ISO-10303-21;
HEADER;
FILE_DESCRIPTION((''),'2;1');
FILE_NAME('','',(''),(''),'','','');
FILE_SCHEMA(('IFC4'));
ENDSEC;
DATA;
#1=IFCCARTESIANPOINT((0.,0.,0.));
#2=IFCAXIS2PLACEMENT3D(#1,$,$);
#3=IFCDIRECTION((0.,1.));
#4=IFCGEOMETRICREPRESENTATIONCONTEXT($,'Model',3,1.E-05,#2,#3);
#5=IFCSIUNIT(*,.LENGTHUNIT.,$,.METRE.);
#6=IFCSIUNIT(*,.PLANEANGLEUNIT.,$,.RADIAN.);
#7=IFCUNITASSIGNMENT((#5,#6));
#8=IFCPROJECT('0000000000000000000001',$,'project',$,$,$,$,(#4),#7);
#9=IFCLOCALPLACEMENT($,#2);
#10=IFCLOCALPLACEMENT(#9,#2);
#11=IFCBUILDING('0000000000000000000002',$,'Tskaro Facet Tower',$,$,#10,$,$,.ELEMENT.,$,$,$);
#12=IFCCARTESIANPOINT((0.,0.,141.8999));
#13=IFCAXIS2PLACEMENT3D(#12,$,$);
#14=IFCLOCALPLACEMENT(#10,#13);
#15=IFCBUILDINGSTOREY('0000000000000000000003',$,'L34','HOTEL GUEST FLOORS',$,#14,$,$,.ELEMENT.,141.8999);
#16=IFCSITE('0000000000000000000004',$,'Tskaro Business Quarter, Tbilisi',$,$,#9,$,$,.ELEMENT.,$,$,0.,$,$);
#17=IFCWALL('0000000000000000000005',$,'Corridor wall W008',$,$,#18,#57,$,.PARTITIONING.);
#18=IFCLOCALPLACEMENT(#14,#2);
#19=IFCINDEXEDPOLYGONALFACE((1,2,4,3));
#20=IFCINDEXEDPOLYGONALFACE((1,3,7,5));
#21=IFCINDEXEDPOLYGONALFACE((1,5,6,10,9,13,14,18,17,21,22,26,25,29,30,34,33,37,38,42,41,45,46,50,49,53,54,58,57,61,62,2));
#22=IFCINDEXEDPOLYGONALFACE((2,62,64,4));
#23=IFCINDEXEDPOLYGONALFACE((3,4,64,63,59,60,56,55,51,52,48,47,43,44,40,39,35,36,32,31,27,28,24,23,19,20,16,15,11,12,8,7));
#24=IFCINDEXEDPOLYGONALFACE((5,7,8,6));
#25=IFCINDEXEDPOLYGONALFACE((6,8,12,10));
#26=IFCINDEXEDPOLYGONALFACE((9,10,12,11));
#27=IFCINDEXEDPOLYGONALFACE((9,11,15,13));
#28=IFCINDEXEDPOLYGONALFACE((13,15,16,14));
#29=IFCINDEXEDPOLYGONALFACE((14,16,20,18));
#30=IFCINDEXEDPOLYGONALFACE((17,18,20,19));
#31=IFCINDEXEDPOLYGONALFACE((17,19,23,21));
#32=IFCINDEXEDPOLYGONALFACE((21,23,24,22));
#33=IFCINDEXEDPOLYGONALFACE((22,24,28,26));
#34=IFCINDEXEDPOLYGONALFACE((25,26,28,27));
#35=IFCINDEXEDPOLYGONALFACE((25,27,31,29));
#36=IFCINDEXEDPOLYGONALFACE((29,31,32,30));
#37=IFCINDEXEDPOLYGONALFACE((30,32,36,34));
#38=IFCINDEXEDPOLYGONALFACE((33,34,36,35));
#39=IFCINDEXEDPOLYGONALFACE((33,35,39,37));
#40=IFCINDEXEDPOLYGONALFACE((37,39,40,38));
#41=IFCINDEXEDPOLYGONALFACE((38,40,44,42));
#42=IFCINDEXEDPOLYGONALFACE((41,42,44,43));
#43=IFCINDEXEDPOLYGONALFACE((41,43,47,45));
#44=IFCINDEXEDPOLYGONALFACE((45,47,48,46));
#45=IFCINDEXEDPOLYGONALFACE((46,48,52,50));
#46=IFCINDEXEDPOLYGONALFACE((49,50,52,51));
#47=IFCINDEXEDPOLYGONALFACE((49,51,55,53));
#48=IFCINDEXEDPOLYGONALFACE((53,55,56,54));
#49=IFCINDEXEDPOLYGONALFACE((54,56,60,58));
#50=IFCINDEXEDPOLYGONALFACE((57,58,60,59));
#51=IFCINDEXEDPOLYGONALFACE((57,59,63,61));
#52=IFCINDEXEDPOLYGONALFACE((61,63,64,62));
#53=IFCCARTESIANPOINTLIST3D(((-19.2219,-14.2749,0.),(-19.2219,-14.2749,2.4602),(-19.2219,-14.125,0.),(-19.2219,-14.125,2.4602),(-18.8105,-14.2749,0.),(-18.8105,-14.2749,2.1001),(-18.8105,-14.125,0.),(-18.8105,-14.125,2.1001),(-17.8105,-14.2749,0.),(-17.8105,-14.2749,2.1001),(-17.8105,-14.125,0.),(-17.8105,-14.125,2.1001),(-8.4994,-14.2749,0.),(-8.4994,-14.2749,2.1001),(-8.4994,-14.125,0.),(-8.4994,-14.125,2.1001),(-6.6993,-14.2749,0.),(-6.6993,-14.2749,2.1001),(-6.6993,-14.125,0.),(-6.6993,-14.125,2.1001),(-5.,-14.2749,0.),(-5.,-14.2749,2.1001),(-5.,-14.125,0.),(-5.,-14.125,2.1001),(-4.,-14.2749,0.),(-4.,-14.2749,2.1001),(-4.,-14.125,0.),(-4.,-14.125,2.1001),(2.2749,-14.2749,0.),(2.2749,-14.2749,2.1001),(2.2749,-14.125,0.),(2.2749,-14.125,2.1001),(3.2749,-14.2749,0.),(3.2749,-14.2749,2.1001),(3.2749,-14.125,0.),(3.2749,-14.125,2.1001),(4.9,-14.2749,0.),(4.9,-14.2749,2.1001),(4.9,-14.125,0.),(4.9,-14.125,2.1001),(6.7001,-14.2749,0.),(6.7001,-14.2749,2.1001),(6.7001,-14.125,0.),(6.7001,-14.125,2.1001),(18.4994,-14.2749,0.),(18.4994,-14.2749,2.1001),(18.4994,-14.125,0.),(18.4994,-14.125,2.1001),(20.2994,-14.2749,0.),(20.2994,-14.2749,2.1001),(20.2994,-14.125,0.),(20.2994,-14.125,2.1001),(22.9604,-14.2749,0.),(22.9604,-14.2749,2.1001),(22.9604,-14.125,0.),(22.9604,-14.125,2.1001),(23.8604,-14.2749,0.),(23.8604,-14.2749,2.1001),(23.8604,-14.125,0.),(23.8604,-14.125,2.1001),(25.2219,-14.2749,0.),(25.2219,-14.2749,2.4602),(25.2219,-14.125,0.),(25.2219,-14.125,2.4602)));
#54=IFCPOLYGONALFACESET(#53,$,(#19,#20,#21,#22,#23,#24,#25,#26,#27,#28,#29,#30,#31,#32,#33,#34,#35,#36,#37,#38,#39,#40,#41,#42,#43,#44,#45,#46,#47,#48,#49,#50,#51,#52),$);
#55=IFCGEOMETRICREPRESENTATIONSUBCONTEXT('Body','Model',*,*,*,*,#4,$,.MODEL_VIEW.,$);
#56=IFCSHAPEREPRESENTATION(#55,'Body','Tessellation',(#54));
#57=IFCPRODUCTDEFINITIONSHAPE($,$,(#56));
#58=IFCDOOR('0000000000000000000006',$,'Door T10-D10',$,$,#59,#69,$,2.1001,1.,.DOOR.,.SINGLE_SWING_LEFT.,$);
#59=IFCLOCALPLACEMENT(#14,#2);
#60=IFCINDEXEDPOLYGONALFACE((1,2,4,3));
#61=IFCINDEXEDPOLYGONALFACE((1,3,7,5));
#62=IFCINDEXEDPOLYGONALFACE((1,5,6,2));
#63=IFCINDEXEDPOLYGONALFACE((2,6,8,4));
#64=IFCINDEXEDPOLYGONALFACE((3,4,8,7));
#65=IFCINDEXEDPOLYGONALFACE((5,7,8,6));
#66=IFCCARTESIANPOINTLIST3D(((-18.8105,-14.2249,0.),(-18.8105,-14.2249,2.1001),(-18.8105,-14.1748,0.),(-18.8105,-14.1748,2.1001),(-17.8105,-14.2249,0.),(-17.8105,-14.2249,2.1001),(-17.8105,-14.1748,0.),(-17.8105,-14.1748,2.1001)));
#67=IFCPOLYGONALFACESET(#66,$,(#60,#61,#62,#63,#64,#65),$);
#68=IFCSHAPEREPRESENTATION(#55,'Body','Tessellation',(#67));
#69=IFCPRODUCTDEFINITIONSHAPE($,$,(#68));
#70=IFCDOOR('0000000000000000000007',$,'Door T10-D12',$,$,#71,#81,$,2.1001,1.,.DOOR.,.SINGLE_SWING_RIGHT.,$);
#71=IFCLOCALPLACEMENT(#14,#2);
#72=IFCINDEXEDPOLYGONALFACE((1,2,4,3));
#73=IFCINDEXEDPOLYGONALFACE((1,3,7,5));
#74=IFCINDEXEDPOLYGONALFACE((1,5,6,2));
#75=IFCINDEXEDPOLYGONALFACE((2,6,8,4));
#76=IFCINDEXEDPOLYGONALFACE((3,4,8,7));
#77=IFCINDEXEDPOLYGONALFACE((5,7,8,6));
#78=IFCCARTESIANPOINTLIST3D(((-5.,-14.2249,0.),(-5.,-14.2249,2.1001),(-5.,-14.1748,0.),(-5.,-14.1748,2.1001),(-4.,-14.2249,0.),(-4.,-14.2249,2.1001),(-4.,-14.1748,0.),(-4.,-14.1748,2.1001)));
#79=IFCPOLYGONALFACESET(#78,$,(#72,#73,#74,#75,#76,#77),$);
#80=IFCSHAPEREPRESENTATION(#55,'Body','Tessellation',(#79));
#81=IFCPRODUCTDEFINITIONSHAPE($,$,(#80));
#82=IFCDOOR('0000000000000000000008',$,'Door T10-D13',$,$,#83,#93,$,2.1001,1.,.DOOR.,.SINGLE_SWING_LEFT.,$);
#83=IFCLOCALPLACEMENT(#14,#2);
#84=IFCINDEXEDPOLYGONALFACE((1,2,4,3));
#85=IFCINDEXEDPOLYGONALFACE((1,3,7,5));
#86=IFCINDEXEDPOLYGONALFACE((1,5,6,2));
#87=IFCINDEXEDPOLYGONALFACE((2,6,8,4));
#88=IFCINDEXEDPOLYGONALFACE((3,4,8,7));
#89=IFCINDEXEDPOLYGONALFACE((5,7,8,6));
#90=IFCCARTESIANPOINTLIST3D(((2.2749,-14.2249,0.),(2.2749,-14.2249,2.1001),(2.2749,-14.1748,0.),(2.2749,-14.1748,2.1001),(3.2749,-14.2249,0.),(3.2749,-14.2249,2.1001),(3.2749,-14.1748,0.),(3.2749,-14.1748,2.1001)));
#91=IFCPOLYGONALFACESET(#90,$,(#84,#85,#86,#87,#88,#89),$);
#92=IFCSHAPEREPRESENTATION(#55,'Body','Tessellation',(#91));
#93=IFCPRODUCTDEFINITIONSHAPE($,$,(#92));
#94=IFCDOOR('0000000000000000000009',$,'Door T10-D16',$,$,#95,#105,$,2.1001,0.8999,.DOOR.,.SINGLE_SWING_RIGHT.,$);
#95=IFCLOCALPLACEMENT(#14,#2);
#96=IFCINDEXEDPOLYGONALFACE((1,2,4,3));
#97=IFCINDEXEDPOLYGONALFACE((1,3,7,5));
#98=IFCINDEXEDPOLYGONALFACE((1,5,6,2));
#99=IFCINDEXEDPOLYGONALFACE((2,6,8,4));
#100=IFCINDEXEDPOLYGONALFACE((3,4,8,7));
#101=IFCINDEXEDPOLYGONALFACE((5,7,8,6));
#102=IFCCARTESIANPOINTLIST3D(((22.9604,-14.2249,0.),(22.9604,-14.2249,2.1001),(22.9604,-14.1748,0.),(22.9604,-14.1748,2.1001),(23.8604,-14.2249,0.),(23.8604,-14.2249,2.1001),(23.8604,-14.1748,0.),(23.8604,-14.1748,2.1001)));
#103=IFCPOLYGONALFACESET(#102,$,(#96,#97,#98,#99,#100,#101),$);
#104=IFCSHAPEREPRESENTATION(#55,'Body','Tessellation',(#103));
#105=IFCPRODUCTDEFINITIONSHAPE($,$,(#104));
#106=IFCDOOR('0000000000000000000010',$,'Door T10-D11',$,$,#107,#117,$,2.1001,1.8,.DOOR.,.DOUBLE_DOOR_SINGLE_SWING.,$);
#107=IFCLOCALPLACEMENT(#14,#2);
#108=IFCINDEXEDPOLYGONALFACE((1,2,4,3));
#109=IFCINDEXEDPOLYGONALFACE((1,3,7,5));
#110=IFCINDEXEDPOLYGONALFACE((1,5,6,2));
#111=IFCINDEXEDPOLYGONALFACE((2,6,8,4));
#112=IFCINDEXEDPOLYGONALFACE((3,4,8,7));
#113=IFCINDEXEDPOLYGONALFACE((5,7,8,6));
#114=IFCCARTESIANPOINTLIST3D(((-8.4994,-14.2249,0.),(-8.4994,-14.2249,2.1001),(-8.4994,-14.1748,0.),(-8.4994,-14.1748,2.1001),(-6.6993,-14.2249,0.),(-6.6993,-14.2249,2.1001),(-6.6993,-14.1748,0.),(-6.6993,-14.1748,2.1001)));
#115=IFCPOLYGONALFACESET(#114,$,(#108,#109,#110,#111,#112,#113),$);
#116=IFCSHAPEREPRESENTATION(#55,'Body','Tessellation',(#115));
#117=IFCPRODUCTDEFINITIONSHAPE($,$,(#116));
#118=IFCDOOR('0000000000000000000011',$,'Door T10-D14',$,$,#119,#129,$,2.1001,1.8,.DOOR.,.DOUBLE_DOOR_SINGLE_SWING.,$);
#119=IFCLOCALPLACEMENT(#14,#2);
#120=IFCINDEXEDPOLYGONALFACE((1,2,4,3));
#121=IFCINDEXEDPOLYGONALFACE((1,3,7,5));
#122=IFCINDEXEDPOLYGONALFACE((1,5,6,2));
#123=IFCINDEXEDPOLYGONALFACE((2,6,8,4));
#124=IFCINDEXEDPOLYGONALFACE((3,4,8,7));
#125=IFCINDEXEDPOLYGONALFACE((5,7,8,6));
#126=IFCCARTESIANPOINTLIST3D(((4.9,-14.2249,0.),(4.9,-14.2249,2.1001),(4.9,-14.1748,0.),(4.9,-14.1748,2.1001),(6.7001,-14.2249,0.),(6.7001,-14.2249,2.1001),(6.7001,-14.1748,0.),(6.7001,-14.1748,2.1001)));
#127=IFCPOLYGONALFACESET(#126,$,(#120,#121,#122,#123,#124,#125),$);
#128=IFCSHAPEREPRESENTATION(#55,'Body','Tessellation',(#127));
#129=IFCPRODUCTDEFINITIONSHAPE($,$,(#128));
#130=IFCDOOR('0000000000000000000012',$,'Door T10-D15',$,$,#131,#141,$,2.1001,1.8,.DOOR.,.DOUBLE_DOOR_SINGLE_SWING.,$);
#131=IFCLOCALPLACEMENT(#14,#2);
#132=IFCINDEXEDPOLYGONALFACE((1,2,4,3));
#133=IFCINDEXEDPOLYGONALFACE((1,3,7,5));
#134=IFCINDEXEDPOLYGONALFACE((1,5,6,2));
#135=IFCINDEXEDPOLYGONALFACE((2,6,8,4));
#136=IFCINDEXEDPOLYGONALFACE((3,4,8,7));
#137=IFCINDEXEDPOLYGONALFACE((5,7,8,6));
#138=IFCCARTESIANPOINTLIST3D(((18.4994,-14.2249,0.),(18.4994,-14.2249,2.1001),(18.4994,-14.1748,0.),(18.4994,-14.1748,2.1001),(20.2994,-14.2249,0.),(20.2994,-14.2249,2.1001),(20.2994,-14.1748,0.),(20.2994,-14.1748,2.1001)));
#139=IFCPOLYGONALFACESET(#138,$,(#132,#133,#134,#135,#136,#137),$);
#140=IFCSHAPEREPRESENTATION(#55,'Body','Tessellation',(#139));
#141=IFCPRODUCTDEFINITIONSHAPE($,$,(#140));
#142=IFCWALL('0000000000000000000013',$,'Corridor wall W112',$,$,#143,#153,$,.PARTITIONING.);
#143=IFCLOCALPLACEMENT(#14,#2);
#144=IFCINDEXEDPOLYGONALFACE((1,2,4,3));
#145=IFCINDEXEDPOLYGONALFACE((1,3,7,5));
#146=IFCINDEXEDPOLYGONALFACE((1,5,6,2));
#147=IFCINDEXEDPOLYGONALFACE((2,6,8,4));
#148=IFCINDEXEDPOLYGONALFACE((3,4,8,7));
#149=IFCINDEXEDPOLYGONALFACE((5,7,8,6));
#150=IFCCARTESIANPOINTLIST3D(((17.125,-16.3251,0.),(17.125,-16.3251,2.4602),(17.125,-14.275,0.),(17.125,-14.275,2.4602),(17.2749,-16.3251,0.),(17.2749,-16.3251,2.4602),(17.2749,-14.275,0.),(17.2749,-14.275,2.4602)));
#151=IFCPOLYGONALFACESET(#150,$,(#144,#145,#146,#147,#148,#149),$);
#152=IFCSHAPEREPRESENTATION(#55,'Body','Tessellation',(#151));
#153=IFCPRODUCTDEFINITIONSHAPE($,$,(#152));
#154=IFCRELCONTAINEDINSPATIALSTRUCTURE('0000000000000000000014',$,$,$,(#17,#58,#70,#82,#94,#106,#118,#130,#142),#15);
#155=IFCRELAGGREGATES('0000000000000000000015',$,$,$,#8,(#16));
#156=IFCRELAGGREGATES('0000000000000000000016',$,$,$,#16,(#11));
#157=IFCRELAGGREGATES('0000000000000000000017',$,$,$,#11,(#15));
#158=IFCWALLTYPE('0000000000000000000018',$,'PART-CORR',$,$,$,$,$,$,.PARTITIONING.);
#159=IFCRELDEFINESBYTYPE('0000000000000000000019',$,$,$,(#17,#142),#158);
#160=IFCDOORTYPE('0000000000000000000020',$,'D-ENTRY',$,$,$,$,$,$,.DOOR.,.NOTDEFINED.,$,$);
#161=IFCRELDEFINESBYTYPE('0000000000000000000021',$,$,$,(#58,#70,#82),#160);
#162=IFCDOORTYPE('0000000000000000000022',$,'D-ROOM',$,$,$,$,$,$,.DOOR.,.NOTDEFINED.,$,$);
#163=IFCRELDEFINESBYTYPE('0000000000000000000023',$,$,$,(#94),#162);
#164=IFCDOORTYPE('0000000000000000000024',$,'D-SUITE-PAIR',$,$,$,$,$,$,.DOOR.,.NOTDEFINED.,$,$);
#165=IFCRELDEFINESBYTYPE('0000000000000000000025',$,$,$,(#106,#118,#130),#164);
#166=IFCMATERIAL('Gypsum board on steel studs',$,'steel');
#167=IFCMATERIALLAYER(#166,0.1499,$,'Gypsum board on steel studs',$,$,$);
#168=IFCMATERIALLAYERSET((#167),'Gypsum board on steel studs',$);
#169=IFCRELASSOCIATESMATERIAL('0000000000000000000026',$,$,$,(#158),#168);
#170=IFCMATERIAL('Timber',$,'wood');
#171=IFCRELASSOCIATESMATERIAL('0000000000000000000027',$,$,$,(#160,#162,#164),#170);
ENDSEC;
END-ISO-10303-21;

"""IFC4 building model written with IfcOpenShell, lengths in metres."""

from ifc_helpers import new_model, si_unit, direction, frame, frame_2d, origin, place, context, subcontext, project, spatial, rectangle, extrude, material, layer, layer_set, type_object, element, fill, save


model = new_model("IFC4")

# Units and contexts
model_context = context("Model", 3, precision=1e-05, world=origin(), true_north=direction((0.0, 1.0)))
body_context = subcontext(model_context, "Body", "Model", "MODEL_VIEW")
ifc_project = project(units=[si_unit("LENGTHUNIT", "METRE"), si_unit("PLANEANGLEUNIT", "RADIAN")], contexts=[model_context])

# Site, building, storey
site_placement = place(None, origin())
site = spatial("IfcSite", under=ifc_project, at=site_placement, Name="Tskaro Business Quarter, Tbilisi", CompositionType="ELEMENT", RefElevation=0.0)
building_placement = place(site_placement, origin())
building = spatial("IfcBuilding", under=site, at=building_placement, Name="Tskaro Facet Tower", CompositionType="ELEMENT")
storey_placement = place(building_placement, frame((0.0, 0.0, 141.8999)))
storey = spatial("IfcBuildingStorey", under=building, at=storey_placement, Name="L34", Description="HOTEL GUEST FLOORS", CompositionType="ELEMENT", Elevation=141.8999)

# Wall, openings, doors
ifc_material_1 = material(Name="Gypsum board on steel studs", Category="steel")
ifc_layer_1 = layer(ifc_material_1, 0.1499, Name="Gypsum board on steel studs")
ifc_layer_set_1 = layer_set([ifc_layer_1], Name="Gypsum board on steel studs")
wall_type_1 = type_object("IfcWallType", Name="PART-CORR", PredefinedType="PARTITIONING", material=ifc_layer_set_1)
wall_1_placement = place(storey_placement, frame((25.2219, -14.2, 0.0), z_axis=(0.0, 0.0, 1.0), x_axis=(-1.0, 0.0, 0.0)))
wall_1 = element("IfcWall", 1, at=wall_1_placement, inside=storey, type_object=wall_type_1, Name="Corridor wall W008", PredefinedType="PARTITIONING", context=body_context, shape_type="SweptSolid", body=[
    extrude(rectangle(XDim=44.4438, YDim=0.1499, at=frame_2d((22.2219, 0.0))), origin(), (0.0, 0.0, 1.0), 2.4602),
])
opening_1_placement = place(wall_1_placement, frame((43.0325, 0.0, 0.0)))
opening_1 = element("IfcOpeningElement", 2, at=opening_1_placement, cuts=wall_1, PredefinedType="OPENING", context=body_context, shape_type="SweptSolid", body=[
    extrude(rectangle(XDim=1.0, YDim=2.1001, at=frame_2d((0.5, 1.05))), frame((0.0, 0.085, 0.0), z_axis=(0.0, -1.0, 0.0), x_axis=(1.0, 0.0, 0.0)), (0.0, 0.0, 1.0), 0.1699),
])
opening_2_placement = place(wall_1_placement, frame((31.9214, 0.0, 0.0)))
opening_2 = element("IfcOpeningElement", 3, at=opening_2_placement, cuts=wall_1, PredefinedType="OPENING", context=body_context, shape_type="SweptSolid", body=[
    extrude(rectangle(XDim=1.8, YDim=2.1001, at=frame_2d((0.8999, 1.05))), frame((0.0, 0.085, 0.0), z_axis=(0.0, -1.0, 0.0), x_axis=(1.0, 0.0, 0.0)), (0.0, 0.0, 1.0), 0.1699),
])
opening_3_placement = place(wall_1_placement, frame((29.2219, 0.0, 0.0)))
opening_3 = element("IfcOpeningElement", 4, at=opening_3_placement, cuts=wall_1, PredefinedType="OPENING", context=body_context, shape_type="SweptSolid", body=[
    extrude(rectangle(XDim=1.0, YDim=2.1001, at=frame_2d((0.5, 1.05))), frame((0.0, 0.085, 0.0), z_axis=(0.0, -1.0, 0.0), x_axis=(1.0, 0.0, 0.0)), (0.0, 0.0, 1.0), 0.1699),
])
opening_4_placement = place(wall_1_placement, frame((21.947, 0.0, 0.0)))
opening_4 = element("IfcOpeningElement", 5, at=opening_4_placement, cuts=wall_1, PredefinedType="OPENING", context=body_context, shape_type="SweptSolid", body=[
    extrude(rectangle(XDim=1.0, YDim=2.1001, at=frame_2d((0.5, 1.05))), frame((0.0, 0.085, 0.0), z_axis=(0.0, -1.0, 0.0), x_axis=(1.0, 0.0, 0.0)), (0.0, 0.0, 1.0), 0.1699),
])
opening_5_placement = place(wall_1_placement, frame((18.522, 0.0, 0.0)))
opening_5 = element("IfcOpeningElement", 6, at=opening_5_placement, cuts=wall_1, PredefinedType="OPENING", context=body_context, shape_type="SweptSolid", body=[
    extrude(rectangle(XDim=1.8, YDim=2.1001, at=frame_2d((0.8999, 1.05))), frame((0.0, 0.085, 0.0), z_axis=(0.0, -1.0, 0.0), x_axis=(1.0, 0.0, 0.0)), (0.0, 0.0, 1.0), 0.1699),
])
opening_6_placement = place(wall_1_placement, frame((4.9226, 0.0, 0.0)))
opening_6 = element("IfcOpeningElement", 7, at=opening_6_placement, cuts=wall_1, PredefinedType="OPENING", context=body_context, shape_type="SweptSolid", body=[
    extrude(rectangle(XDim=1.8, YDim=2.1001, at=frame_2d((0.8999, 1.05))), frame((0.0, 0.085, 0.0), z_axis=(0.0, -1.0, 0.0), x_axis=(1.0, 0.0, 0.0)), (0.0, 0.0, 1.0), 0.1699),
])
opening_7_placement = place(wall_1_placement, frame((1.3616, 0.0, 0.0)))
opening_7 = element("IfcOpeningElement", 8, at=opening_7_placement, cuts=wall_1, PredefinedType="OPENING", context=body_context, shape_type="SweptSolid", body=[
    extrude(rectangle(XDim=0.8999, YDim=2.1001, at=frame_2d((0.45, 1.05))), frame((0.0, 0.085, 0.0), z_axis=(0.0, -1.0, 0.0), x_axis=(1.0, 0.0, 0.0)), (0.0, 0.0, 1.0), 0.1699),
])
ifc_material_2 = material(Name="Timber", Category="wood")
door_type_1 = type_object("IfcDoorType", Name="D-ENTRY", OperationType="NOTDEFINED", PredefinedType="DOOR", material=ifc_material_2)
door_1_placement = place(opening_1_placement, origin())
door_1 = element("IfcDoor", 9, at=door_1_placement, inside=storey, type_object=door_type_1, Name="Door T10-D10", OperationType="SINGLE_SWING_LEFT", OverallHeight=2.1001, OverallWidth=1.0, PredefinedType="DOOR", context=body_context, shape_type="SweptSolid", body=[
    extrude(rectangle(XDim=1.0, YDim=2.1001, at=frame_2d((0.5, 1.05))), frame((0.0, 0.0249, 0.0), z_axis=(0.0, -1.0, 0.0), x_axis=(1.0, 0.0, 0.0)), (0.0, 0.0, 1.0), 0.05),
])
fill(opening_1, door_1)
door_2_placement = place(opening_3_placement, origin())
door_2 = element("IfcDoor", 10, at=door_2_placement, inside=storey, type_object=door_type_1, Name="Door T10-D12", OperationType="SINGLE_SWING_RIGHT", OverallHeight=2.1001, OverallWidth=1.0, PredefinedType="DOOR", context=body_context, shape_type="SweptSolid", body=[
    extrude(rectangle(XDim=1.0, YDim=2.1001, at=frame_2d((0.5, 1.05))), frame((0.0, 0.0249, 0.0), z_axis=(0.0, -1.0, 0.0), x_axis=(1.0, 0.0, 0.0)), (0.0, 0.0, 1.0), 0.05),
])
fill(opening_3, door_2)
door_3_placement = place(opening_4_placement, origin())
door_3 = element("IfcDoor", 11, at=door_3_placement, inside=storey, type_object=door_type_1, Name="Door T10-D13", OperationType="SINGLE_SWING_LEFT", OverallHeight=2.1001, OverallWidth=1.0, PredefinedType="DOOR", context=body_context, shape_type="SweptSolid", body=[
    extrude(rectangle(XDim=1.0, YDim=2.1001, at=frame_2d((0.5, 1.05))), frame((0.0, 0.0249, 0.0), z_axis=(0.0, -1.0, 0.0), x_axis=(1.0, 0.0, 0.0)), (0.0, 0.0, 1.0), 0.05),
])
fill(opening_4, door_3)
door_type_2 = type_object("IfcDoorType", Name="D-ROOM", OperationType="NOTDEFINED", PredefinedType="DOOR", material=ifc_material_2)
door_4_placement = place(opening_7_placement, origin())
door_4 = element("IfcDoor", 12, at=door_4_placement, inside=storey, type_object=door_type_2, Name="Door T10-D16", OperationType="SINGLE_SWING_RIGHT", OverallHeight=2.1001, OverallWidth=0.8999, PredefinedType="DOOR", context=body_context, shape_type="SweptSolid", body=[
    extrude(rectangle(XDim=0.8999, YDim=2.1001, at=frame_2d((0.45, 1.05))), frame((0.0, 0.0249, 0.0), z_axis=(0.0, -1.0, 0.0), x_axis=(1.0, 0.0, 0.0)), (0.0, 0.0, 1.0), 0.05),
])
fill(opening_7, door_4)
door_type_3 = type_object("IfcDoorType", Name="D-SUITE-PAIR", OperationType="NOTDEFINED", PredefinedType="DOOR", material=ifc_material_2)
door_5_placement = place(opening_2_placement, origin())
door_5 = element("IfcDoor", 13, at=door_5_placement, inside=storey, type_object=door_type_3, Name="Door T10-D11", OperationType="DOUBLE_DOOR_SINGLE_SWING", OverallHeight=2.1001, OverallWidth=1.8, PredefinedType="DOOR", context=body_context, shape_type="SweptSolid", body=[
    extrude(rectangle(XDim=1.8, YDim=2.1001, at=frame_2d((0.8999, 1.05))), frame((0.0, 0.0249, 0.0), z_axis=(0.0, -1.0, 0.0), x_axis=(1.0, 0.0, 0.0)), (0.0, 0.0, 1.0), 0.05),
])
fill(opening_2, door_5)
door_6_placement = place(opening_5_placement, origin())
door_6 = element("IfcDoor", 14, at=door_6_placement, inside=storey, type_object=door_type_3, Name="Door T10-D14", OperationType="DOUBLE_DOOR_SINGLE_SWING", OverallHeight=2.1001, OverallWidth=1.8, PredefinedType="DOOR", context=body_context, shape_type="SweptSolid", body=[
    extrude(rectangle(XDim=1.8, YDim=2.1001, at=frame_2d((0.8999, 1.05))), frame((0.0, 0.0249, 0.0), z_axis=(0.0, -1.0, 0.0), x_axis=(1.0, 0.0, 0.0)), (0.0, 0.0, 1.0), 0.05),
])
fill(opening_5, door_6)
door_7_placement = place(opening_6_placement, origin())
door_7 = element("IfcDoor", 15, at=door_7_placement, inside=storey, type_object=door_type_3, Name="Door T10-D15", OperationType="DOUBLE_DOOR_SINGLE_SWING", OverallHeight=2.1001, OverallWidth=1.8, PredefinedType="DOOR", context=body_context, shape_type="SweptSolid", body=[
    extrude(rectangle(XDim=1.8, YDim=2.1001, at=frame_2d((0.8999, 1.05))), frame((0.0, 0.0249, 0.0), z_axis=(0.0, -1.0, 0.0), x_axis=(1.0, 0.0, 0.0)), (0.0, 0.0, 1.0), 0.05),
])
fill(opening_6, door_7)

# Wall
wall_2_placement = place(storey_placement, frame((17.2, -16.325, 0.0), z_axis=(0.0, 0.0, 1.0), x_axis=(0.0, 1.0, 0.0)))
element("IfcWall", 16, at=wall_2_placement, inside=storey, type_object=wall_type_1, Name="Corridor wall W112", PredefinedType="PARTITIONING", context=body_context, shape_type="SweptSolid", body=[
    extrude(rectangle(XDim=2.05, YDim=0.1499, at=frame_2d((1.0249, 0.0))), origin(), (0.0, 0.0, 1.0), 2.4602),
])

save(model, "model.ifc")
